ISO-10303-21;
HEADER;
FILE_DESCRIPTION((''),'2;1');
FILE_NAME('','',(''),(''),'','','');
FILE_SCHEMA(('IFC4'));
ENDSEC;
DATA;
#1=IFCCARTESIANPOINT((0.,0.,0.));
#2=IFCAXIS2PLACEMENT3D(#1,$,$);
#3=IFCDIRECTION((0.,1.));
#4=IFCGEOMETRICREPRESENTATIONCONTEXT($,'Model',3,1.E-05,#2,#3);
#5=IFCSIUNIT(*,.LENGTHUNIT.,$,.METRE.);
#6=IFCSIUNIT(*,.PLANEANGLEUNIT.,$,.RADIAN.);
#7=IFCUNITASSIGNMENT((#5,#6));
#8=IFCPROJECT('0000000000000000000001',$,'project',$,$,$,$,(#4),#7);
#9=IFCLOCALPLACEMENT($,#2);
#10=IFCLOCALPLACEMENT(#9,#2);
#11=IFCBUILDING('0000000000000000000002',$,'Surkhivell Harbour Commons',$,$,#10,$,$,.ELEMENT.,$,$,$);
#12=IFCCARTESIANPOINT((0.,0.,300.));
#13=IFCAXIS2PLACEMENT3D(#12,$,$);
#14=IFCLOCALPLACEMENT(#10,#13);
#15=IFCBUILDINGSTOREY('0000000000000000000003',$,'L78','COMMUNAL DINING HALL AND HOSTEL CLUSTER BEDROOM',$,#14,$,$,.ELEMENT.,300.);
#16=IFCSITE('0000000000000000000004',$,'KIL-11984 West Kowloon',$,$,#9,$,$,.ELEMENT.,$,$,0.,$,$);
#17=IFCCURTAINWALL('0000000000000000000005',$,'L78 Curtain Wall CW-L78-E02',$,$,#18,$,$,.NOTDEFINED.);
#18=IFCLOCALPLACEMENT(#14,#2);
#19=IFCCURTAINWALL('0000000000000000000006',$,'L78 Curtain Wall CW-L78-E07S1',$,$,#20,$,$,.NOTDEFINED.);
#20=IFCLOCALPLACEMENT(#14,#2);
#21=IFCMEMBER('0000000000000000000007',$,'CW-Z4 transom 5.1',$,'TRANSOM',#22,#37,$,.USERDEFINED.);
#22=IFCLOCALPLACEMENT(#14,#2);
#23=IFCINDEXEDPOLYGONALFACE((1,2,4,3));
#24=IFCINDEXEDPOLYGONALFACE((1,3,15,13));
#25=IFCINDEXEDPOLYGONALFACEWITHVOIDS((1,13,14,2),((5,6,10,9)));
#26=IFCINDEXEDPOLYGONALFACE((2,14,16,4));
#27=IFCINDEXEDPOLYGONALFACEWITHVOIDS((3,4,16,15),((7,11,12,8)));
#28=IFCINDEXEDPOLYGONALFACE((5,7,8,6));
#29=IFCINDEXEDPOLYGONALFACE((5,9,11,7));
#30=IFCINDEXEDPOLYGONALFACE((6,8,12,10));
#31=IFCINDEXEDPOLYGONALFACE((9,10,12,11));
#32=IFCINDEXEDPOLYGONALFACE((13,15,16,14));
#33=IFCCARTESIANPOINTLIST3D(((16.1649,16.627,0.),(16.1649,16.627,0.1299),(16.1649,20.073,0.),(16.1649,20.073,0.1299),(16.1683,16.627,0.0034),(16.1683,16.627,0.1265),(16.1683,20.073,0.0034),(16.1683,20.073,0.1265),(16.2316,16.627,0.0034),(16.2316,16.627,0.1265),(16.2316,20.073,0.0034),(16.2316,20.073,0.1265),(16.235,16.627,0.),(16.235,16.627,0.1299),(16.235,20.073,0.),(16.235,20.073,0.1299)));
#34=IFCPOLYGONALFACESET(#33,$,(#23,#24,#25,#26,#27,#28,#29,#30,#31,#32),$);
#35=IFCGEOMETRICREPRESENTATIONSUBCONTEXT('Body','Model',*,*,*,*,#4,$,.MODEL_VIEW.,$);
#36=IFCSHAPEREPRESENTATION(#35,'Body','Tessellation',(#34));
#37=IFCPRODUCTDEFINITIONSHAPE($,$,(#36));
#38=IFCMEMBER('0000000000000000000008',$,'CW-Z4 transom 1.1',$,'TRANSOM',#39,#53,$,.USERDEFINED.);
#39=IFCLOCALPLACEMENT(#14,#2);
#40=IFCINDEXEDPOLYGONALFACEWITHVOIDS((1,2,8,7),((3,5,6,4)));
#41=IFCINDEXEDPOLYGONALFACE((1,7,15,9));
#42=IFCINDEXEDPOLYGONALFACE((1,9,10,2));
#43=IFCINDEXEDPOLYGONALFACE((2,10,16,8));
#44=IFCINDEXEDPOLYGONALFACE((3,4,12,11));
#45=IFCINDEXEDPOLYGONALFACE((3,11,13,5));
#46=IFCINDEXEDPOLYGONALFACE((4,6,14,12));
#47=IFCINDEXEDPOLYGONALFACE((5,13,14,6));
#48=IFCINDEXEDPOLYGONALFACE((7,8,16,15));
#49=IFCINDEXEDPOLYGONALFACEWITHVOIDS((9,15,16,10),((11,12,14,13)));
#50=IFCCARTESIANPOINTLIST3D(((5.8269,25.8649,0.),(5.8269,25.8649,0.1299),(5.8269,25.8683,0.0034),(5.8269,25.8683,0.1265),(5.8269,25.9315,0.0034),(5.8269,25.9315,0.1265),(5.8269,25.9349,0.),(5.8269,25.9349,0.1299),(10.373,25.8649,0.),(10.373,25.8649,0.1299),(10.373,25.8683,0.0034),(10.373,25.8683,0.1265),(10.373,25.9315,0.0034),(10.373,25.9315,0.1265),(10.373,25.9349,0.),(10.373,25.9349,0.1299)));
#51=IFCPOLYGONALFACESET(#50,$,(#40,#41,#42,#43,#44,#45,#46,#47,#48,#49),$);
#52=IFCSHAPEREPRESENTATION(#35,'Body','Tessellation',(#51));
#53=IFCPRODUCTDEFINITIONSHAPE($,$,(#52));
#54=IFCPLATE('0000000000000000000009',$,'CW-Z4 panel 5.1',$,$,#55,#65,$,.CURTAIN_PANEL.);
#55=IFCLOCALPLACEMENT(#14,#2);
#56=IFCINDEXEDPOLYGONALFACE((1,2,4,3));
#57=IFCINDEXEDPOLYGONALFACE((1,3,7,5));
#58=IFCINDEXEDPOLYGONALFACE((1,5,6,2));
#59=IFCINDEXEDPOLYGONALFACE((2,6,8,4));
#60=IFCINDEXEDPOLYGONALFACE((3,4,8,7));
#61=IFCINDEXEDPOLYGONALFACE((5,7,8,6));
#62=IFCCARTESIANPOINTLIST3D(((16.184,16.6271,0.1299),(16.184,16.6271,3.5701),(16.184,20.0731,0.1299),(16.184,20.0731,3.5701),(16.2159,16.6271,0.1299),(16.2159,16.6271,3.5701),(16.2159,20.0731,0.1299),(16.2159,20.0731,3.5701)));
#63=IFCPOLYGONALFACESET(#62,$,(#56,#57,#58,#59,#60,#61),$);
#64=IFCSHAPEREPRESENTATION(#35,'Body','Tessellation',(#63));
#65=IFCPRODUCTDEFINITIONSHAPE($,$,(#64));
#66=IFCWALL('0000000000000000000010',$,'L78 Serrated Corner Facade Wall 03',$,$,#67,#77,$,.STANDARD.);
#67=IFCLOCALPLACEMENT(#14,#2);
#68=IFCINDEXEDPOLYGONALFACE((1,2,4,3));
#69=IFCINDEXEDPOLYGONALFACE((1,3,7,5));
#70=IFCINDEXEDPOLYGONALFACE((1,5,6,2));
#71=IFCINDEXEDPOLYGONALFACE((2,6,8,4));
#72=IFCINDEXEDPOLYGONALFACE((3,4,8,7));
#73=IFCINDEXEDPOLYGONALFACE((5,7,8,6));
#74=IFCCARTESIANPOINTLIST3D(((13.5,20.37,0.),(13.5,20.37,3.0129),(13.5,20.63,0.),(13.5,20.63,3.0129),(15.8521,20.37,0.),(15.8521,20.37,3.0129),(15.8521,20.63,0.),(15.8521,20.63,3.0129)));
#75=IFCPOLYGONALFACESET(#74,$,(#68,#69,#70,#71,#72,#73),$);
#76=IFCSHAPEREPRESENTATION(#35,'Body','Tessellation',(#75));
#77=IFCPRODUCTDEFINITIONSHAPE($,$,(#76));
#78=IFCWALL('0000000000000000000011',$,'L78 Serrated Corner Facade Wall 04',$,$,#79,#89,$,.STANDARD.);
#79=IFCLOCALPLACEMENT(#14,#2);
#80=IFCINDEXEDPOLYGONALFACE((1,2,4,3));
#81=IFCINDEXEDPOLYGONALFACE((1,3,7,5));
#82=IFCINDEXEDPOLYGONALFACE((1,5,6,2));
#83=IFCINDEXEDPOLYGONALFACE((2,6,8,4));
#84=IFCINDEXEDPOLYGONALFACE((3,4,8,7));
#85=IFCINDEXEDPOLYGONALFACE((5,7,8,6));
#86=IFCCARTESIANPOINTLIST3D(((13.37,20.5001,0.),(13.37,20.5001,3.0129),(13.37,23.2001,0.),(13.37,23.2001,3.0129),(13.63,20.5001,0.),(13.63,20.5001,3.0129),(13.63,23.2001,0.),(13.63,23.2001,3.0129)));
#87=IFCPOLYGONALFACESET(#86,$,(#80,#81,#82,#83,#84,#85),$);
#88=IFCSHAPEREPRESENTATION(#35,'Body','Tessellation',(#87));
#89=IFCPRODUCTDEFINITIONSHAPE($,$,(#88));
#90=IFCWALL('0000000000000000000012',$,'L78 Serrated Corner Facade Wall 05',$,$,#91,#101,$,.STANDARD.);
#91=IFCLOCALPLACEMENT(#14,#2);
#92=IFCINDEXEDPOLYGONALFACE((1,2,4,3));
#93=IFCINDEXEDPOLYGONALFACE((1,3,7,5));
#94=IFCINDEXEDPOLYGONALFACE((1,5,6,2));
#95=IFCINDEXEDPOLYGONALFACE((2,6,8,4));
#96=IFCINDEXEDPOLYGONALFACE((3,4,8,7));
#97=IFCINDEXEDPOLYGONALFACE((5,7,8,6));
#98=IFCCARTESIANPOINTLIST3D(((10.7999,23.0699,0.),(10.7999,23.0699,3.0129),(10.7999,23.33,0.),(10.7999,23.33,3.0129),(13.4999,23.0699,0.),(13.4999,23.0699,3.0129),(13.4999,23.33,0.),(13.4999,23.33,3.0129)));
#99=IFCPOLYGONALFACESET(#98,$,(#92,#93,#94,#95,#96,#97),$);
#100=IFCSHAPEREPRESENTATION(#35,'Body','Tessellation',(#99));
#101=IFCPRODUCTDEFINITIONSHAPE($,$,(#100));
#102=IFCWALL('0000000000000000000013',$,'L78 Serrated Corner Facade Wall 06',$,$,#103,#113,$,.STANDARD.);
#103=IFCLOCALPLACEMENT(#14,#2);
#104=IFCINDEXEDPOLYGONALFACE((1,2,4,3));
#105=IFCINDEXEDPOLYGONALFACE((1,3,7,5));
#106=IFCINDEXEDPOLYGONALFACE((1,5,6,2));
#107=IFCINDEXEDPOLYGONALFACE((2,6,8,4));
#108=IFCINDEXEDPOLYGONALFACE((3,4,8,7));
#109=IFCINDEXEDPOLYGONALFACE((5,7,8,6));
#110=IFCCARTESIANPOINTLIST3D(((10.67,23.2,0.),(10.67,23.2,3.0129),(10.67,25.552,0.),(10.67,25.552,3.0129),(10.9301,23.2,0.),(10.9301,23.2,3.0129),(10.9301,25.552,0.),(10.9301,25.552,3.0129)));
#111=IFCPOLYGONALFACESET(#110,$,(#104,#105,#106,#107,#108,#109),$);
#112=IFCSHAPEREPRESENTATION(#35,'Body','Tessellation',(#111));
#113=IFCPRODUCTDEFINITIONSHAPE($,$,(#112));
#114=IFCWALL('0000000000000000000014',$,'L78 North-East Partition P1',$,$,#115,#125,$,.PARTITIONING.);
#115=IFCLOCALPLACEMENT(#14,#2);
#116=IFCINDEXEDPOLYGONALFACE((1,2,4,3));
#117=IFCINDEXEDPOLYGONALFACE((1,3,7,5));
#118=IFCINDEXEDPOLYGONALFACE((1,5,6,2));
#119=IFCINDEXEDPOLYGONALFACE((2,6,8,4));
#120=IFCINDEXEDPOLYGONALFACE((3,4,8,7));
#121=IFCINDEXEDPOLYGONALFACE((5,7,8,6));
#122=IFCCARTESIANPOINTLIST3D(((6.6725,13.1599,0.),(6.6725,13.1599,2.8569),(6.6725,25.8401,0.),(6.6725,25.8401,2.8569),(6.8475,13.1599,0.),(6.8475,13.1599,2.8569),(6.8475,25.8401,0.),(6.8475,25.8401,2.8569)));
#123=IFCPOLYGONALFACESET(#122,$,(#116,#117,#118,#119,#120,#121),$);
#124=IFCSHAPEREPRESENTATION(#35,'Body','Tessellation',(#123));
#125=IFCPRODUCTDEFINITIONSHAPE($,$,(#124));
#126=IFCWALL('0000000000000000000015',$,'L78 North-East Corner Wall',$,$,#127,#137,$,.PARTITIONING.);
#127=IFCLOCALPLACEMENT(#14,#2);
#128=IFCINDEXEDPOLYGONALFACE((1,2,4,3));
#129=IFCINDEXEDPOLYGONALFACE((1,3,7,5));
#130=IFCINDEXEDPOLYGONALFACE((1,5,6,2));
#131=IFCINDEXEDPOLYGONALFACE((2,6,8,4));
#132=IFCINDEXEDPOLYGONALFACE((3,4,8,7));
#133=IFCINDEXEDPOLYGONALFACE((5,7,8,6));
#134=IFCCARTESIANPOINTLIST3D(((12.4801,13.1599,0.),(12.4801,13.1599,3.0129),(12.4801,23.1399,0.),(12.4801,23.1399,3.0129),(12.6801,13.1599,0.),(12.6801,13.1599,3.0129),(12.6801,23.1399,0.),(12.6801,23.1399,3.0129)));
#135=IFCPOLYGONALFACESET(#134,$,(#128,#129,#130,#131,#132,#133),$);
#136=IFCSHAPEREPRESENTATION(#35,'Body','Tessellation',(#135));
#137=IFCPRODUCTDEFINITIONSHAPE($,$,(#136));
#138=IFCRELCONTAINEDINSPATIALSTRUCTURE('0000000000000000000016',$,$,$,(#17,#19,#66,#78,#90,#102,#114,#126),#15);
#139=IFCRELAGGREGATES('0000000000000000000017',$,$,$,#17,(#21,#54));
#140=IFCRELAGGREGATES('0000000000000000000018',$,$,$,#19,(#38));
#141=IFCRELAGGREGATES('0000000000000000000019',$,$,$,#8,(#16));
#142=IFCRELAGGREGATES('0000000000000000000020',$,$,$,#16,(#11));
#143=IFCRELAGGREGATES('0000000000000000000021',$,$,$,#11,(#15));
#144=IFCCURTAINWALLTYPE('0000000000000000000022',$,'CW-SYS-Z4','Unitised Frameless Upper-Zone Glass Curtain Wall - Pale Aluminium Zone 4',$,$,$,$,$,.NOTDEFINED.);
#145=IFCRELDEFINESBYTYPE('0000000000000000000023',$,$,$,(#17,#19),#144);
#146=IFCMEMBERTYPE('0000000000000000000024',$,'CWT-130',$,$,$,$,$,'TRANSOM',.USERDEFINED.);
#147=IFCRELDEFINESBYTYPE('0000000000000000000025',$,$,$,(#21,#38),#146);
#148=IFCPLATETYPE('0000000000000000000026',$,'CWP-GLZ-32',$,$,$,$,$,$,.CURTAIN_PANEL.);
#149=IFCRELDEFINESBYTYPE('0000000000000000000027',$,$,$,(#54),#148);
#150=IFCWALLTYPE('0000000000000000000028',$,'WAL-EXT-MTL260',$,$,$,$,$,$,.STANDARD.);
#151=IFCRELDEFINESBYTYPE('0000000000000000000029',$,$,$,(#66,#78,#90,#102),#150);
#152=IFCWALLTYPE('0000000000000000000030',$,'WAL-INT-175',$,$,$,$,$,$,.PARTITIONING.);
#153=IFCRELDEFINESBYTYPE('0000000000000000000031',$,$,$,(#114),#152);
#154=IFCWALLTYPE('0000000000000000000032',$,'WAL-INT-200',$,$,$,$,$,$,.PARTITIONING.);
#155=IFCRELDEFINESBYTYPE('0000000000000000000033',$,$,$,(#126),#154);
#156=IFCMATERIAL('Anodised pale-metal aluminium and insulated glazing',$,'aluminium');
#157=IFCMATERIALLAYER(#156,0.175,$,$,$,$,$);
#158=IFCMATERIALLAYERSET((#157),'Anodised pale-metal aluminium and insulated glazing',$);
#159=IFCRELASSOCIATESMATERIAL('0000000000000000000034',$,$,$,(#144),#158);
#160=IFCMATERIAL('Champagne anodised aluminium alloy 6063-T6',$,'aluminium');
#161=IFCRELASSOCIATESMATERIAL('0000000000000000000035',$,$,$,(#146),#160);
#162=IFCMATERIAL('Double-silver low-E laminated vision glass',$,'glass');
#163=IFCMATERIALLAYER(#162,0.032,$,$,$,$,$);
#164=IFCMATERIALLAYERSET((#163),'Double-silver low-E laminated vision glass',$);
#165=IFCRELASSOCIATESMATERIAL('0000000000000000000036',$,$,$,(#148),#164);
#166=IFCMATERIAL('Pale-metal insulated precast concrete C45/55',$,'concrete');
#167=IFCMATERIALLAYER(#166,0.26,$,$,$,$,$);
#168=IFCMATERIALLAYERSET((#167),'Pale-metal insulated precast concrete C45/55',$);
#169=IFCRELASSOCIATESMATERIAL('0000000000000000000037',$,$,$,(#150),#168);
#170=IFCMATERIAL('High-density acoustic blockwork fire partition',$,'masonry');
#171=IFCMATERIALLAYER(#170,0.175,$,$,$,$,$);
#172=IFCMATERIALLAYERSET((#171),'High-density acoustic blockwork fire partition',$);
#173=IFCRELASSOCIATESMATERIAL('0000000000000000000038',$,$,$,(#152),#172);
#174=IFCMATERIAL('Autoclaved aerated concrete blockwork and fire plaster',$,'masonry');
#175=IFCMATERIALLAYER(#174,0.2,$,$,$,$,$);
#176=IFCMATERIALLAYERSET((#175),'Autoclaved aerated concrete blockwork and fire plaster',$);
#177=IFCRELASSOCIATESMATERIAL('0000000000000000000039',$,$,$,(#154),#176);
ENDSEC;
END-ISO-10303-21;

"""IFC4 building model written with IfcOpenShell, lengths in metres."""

from ifc_helpers import new_model, si_unit, direction, frame, frame_2d, origin, origin_2d, place, context, subcontext, project, spatial, rectangle, hollow_rectangle, extrude, material, layer, layer_set, material_profile, profile_set, type_object, element, aggregate, save


model = new_model("IFC4")

# Units and contexts
model_context = context("Model", 3, precision=1e-05, world=origin(), true_north=direction((0.0, 1.0)))
body_context = subcontext(model_context, "Body", "Model", "MODEL_VIEW")
ifc_project = project(units=[si_unit("LENGTHUNIT", "METRE"), si_unit("PLANEANGLEUNIT", "RADIAN")], contexts=[model_context])

# Site, building, storey
site_placement = place(None, origin())
site = spatial("IfcSite", under=ifc_project, at=site_placement, Name="KIL-11984 West Kowloon", CompositionType="ELEMENT", RefElevation=0.0)
building_placement = place(site_placement, origin())
building = spatial("IfcBuilding", under=site, at=building_placement, Name="Surkhivell Harbour Commons", CompositionType="ELEMENT")
storey_placement = place(building_placement, frame((0.0, 0.0, 300.0)))
storey = spatial("IfcBuildingStorey", under=building, at=storey_placement, Name="L78", Description="COMMUNAL DINING HALL AND HOSTEL CLUSTER BEDROOM", CompositionType="ELEMENT", Elevation=300.0)

# Curtain walls
ifc_material_1 = material(Name="Anodised pale-metal aluminium and insulated glazing", Category="aluminium")
ifc_layer_1 = layer(ifc_material_1, 0.175)
ifc_layer_set_1 = layer_set([ifc_layer_1], Name="Anodised pale-metal aluminium and insulated glazing")
curtain_wall_type = type_object("IfcCurtainWallType", Name="CW-SYS-Z4", Description="Unitised Frameless Upper-Zone Glass Curtain Wall - Pale Aluminium Zone 4", PredefinedType="NOTDEFINED", material=ifc_layer_set_1)
curtain_wall_1_placement = place(storey_placement, origin())
curtain_wall_1 = element("IfcCurtainWall", 1, at=curtain_wall_1_placement, inside=storey, type_object=curtain_wall_type, Name="L78 Curtain Wall CW-L78-E02", PredefinedType="NOTDEFINED")
curtain_wall_2_placement = place(storey_placement, origin())
curtain_wall_2 = element("IfcCurtainWall", 2, at=curtain_wall_2_placement, inside=storey, type_object=curtain_wall_type, Name="L78 Curtain Wall CW-L78-E07S1", PredefinedType="NOTDEFINED")

# Members
ifc_material_2 = material(Name="Champagne anodised aluminium alloy 6063-T6", Category="aluminium")
ifc_material_profile_1 = material_profile(ifc_material_2, hollow_rectangle(XDim=0.0701, YDim=0.1299, WallThickness=0.0034, at=origin_2d()), Name="ALU-TRAN-70x130")
ifc_profile_set_1 = profile_set([ifc_material_profile_1], Name="Champagne anodised aluminium alloy 6063-T6")
member_type_1 = type_object("IfcMemberType", Name="CWT-130", ElementType="TRANSOM", PredefinedType="USERDEFINED", material=ifc_profile_set_1)
member_1_placement = place(storey_placement, frame((16.2, 16.627, 0.0649), z_axis=(0.0, 1.0, 0.0), x_axis=(-1.0, 0.0, 0.0)))
member_1 = element("IfcMember", 3, at=member_1_placement, type_object=member_type_1, Name="CW-Z4 transom 5.1", ObjectType="TRANSOM", PredefinedType="USERDEFINED", context=body_context, shape_type="SweptSolid", body=[
    extrude(hollow_rectangle(XDim=0.0701, YDim=0.1299, WallThickness=0.0034, at=origin_2d()), origin(), (0.0, 0.0, 1.0), 3.446),
])
member_2_placement = place(storey_placement, frame((10.373, 25.8999, 0.0649), z_axis=(-1.0, 0.0, 0.0), x_axis=(0.0, -1.0, 0.0)))
member_2 = element("IfcMember", 4, at=member_2_placement, type_object=member_type_1, Name="CW-Z4 transom 1.1", ObjectType="TRANSOM", PredefinedType="USERDEFINED", context=body_context, shape_type="SweptSolid", body=[
    extrude(hollow_rectangle(XDim=0.0701, YDim=0.1299, WallThickness=0.0034, at=origin_2d()), origin(), (0.0, 0.0, 1.0), 4.5461),
])

# Plate
ifc_material_3 = material(Name="Double-silver low-E laminated vision glass", Category="glass")
ifc_layer_2 = layer(ifc_material_3, 0.032)
ifc_layer_set_2 = layer_set([ifc_layer_2], Name="Double-silver low-E laminated vision glass")
plate_type = type_object("IfcPlateType", Name="CWP-GLZ-32", PredefinedType="CURTAIN_PANEL", material=ifc_layer_set_2)
plate_1_placement = place(storey_placement, frame((16.2, 16.627, 0.1299), z_axis=(0.0, 0.0, 1.0), x_axis=(0.0, 1.0, 0.0)))
plate_1 = element("IfcPlate", 5, at=plate_1_placement, type_object=plate_type, Name="CW-Z4 panel 5.1", PredefinedType="CURTAIN_PANEL", context=body_context, shape_type="SweptSolid", body=[
    extrude(rectangle(XDim=3.446, YDim=0.032, at=frame_2d((1.7231, 0.0))), origin(), (0.0, 0.0, 1.0), 3.4402),
])
aggregate(curtain_wall_1, [member_1, plate_1])
aggregate(curtain_wall_2, [member_2])

# Walls
ifc_material_4 = material(Name="Pale-metal insulated precast concrete C45/55", Category="concrete")
ifc_layer_3 = layer(ifc_material_4, 0.26)
ifc_layer_set_3 = layer_set([ifc_layer_3], Name="Pale-metal insulated precast concrete C45/55")
wall_type_1 = type_object("IfcWallType", Name="WAL-EXT-MTL260", PredefinedType="STANDARD", material=ifc_layer_set_3)
wall_1_placement = place(storey_placement, frame((15.8521, 20.5, 0.0), z_axis=(0.0, 0.0, 1.0), x_axis=(-1.0, 0.0, 0.0)))
element("IfcWall", 6, at=wall_1_placement, inside=storey, type_object=wall_type_1, Name="L78 Serrated Corner Facade Wall 03", PredefinedType="STANDARD", context=body_context, shape_type="SweptSolid", body=[
    extrude(rectangle(XDim=2.3521, YDim=0.26, at=frame_2d((1.176, 0.0))), origin(), (0.0, 0.0, 1.0), 3.0129),
])
for number, where, z_axis, x_axis, name in (
    (7, (13.5, 20.5, 0.0), (0.0, 0.0, 1.0), (0.0, 1.0, 0.0), "L78 Serrated Corner Facade Wall 04"),
    (8, (13.5, 23.2, 0.0), (0.0, 0.0, 1.0), (-1.0, 0.0, 0.0), "L78 Serrated Corner Facade Wall 05"),
):
    element("IfcWall", number, at=place(storey_placement, frame(where, z_axis=z_axis, x_axis=x_axis)), inside=storey, type_object=wall_type_1, Name=name, PredefinedType="STANDARD", context=body_context, shape_type="SweptSolid", body=[
        extrude(rectangle(XDim=2.7, YDim=0.26, at=frame_2d((1.3501, 0.0))), origin(), (0.0, 0.0, 1.0), 3.0129),
    ])
wall_2_placement = place(storey_placement, frame((10.8, 23.2, 0.0), z_axis=(0.0, 0.0, 1.0), x_axis=(0.0, 1.0, 0.0)))
element("IfcWall", 9, at=wall_2_placement, inside=storey, type_object=wall_type_1, Name="L78 Serrated Corner Facade Wall 06", PredefinedType="STANDARD", context=body_context, shape_type="SweptSolid", body=[
    extrude(rectangle(XDim=2.3521, YDim=0.26, at=frame_2d((1.176, 0.0))), origin(), (0.0, 0.0, 1.0), 3.0129),
])
ifc_material_5 = material(Name="High-density acoustic blockwork fire partition", Category="masonry")
ifc_layer_4 = layer(ifc_material_5, 0.175)
ifc_layer_set_4 = layer_set([ifc_layer_4], Name="High-density acoustic blockwork fire partition")
wall_type_2 = type_object("IfcWallType", Name="WAL-INT-175", PredefinedType="PARTITIONING", material=ifc_layer_set_4)
wall_3_placement = place(storey_placement, frame((6.76, 13.1599, 0.0), z_axis=(0.0, 0.0, 1.0), x_axis=(0.0, 1.0, 0.0)))
element("IfcWall", 10, at=wall_3_placement, inside=storey, type_object=wall_type_2, Name="L78 North-East Partition P1", PredefinedType="PARTITIONING", context=body_context, shape_type="SweptSolid", body=[
    extrude(rectangle(XDim=12.6802, YDim=0.175, at=frame_2d((6.3401, 0.0))), origin(), (0.0, 0.0, 1.0), 2.8569),
])
ifc_material_6 = material(Name="Autoclaved aerated concrete blockwork and fire plaster", Category="masonry")
ifc_layer_5 = layer(ifc_material_6, 0.2)
ifc_layer_set_5 = layer_set([ifc_layer_5], Name="Autoclaved aerated concrete blockwork and fire plaster")
wall_type_3 = type_object("IfcWallType", Name="WAL-INT-200", PredefinedType="PARTITIONING", material=ifc_layer_set_5)
wall_4_placement = place(storey_placement, frame((12.5801, 13.1599, 0.0), z_axis=(0.0, 0.0, 1.0), x_axis=(0.0, 1.0, 0.0)))
element("IfcWall", 11, at=wall_4_placement, inside=storey, type_object=wall_type_3, Name="L78 North-East Corner Wall", PredefinedType="PARTITIONING", context=body_context, shape_type="SweptSolid", body=[
    extrude(rectangle(XDim=9.98, YDim=0.2, at=frame_2d((4.99, 0.0))), origin(), (0.0, 0.0, 1.0), 3.0129),
])

save(model, "model.ifc")
